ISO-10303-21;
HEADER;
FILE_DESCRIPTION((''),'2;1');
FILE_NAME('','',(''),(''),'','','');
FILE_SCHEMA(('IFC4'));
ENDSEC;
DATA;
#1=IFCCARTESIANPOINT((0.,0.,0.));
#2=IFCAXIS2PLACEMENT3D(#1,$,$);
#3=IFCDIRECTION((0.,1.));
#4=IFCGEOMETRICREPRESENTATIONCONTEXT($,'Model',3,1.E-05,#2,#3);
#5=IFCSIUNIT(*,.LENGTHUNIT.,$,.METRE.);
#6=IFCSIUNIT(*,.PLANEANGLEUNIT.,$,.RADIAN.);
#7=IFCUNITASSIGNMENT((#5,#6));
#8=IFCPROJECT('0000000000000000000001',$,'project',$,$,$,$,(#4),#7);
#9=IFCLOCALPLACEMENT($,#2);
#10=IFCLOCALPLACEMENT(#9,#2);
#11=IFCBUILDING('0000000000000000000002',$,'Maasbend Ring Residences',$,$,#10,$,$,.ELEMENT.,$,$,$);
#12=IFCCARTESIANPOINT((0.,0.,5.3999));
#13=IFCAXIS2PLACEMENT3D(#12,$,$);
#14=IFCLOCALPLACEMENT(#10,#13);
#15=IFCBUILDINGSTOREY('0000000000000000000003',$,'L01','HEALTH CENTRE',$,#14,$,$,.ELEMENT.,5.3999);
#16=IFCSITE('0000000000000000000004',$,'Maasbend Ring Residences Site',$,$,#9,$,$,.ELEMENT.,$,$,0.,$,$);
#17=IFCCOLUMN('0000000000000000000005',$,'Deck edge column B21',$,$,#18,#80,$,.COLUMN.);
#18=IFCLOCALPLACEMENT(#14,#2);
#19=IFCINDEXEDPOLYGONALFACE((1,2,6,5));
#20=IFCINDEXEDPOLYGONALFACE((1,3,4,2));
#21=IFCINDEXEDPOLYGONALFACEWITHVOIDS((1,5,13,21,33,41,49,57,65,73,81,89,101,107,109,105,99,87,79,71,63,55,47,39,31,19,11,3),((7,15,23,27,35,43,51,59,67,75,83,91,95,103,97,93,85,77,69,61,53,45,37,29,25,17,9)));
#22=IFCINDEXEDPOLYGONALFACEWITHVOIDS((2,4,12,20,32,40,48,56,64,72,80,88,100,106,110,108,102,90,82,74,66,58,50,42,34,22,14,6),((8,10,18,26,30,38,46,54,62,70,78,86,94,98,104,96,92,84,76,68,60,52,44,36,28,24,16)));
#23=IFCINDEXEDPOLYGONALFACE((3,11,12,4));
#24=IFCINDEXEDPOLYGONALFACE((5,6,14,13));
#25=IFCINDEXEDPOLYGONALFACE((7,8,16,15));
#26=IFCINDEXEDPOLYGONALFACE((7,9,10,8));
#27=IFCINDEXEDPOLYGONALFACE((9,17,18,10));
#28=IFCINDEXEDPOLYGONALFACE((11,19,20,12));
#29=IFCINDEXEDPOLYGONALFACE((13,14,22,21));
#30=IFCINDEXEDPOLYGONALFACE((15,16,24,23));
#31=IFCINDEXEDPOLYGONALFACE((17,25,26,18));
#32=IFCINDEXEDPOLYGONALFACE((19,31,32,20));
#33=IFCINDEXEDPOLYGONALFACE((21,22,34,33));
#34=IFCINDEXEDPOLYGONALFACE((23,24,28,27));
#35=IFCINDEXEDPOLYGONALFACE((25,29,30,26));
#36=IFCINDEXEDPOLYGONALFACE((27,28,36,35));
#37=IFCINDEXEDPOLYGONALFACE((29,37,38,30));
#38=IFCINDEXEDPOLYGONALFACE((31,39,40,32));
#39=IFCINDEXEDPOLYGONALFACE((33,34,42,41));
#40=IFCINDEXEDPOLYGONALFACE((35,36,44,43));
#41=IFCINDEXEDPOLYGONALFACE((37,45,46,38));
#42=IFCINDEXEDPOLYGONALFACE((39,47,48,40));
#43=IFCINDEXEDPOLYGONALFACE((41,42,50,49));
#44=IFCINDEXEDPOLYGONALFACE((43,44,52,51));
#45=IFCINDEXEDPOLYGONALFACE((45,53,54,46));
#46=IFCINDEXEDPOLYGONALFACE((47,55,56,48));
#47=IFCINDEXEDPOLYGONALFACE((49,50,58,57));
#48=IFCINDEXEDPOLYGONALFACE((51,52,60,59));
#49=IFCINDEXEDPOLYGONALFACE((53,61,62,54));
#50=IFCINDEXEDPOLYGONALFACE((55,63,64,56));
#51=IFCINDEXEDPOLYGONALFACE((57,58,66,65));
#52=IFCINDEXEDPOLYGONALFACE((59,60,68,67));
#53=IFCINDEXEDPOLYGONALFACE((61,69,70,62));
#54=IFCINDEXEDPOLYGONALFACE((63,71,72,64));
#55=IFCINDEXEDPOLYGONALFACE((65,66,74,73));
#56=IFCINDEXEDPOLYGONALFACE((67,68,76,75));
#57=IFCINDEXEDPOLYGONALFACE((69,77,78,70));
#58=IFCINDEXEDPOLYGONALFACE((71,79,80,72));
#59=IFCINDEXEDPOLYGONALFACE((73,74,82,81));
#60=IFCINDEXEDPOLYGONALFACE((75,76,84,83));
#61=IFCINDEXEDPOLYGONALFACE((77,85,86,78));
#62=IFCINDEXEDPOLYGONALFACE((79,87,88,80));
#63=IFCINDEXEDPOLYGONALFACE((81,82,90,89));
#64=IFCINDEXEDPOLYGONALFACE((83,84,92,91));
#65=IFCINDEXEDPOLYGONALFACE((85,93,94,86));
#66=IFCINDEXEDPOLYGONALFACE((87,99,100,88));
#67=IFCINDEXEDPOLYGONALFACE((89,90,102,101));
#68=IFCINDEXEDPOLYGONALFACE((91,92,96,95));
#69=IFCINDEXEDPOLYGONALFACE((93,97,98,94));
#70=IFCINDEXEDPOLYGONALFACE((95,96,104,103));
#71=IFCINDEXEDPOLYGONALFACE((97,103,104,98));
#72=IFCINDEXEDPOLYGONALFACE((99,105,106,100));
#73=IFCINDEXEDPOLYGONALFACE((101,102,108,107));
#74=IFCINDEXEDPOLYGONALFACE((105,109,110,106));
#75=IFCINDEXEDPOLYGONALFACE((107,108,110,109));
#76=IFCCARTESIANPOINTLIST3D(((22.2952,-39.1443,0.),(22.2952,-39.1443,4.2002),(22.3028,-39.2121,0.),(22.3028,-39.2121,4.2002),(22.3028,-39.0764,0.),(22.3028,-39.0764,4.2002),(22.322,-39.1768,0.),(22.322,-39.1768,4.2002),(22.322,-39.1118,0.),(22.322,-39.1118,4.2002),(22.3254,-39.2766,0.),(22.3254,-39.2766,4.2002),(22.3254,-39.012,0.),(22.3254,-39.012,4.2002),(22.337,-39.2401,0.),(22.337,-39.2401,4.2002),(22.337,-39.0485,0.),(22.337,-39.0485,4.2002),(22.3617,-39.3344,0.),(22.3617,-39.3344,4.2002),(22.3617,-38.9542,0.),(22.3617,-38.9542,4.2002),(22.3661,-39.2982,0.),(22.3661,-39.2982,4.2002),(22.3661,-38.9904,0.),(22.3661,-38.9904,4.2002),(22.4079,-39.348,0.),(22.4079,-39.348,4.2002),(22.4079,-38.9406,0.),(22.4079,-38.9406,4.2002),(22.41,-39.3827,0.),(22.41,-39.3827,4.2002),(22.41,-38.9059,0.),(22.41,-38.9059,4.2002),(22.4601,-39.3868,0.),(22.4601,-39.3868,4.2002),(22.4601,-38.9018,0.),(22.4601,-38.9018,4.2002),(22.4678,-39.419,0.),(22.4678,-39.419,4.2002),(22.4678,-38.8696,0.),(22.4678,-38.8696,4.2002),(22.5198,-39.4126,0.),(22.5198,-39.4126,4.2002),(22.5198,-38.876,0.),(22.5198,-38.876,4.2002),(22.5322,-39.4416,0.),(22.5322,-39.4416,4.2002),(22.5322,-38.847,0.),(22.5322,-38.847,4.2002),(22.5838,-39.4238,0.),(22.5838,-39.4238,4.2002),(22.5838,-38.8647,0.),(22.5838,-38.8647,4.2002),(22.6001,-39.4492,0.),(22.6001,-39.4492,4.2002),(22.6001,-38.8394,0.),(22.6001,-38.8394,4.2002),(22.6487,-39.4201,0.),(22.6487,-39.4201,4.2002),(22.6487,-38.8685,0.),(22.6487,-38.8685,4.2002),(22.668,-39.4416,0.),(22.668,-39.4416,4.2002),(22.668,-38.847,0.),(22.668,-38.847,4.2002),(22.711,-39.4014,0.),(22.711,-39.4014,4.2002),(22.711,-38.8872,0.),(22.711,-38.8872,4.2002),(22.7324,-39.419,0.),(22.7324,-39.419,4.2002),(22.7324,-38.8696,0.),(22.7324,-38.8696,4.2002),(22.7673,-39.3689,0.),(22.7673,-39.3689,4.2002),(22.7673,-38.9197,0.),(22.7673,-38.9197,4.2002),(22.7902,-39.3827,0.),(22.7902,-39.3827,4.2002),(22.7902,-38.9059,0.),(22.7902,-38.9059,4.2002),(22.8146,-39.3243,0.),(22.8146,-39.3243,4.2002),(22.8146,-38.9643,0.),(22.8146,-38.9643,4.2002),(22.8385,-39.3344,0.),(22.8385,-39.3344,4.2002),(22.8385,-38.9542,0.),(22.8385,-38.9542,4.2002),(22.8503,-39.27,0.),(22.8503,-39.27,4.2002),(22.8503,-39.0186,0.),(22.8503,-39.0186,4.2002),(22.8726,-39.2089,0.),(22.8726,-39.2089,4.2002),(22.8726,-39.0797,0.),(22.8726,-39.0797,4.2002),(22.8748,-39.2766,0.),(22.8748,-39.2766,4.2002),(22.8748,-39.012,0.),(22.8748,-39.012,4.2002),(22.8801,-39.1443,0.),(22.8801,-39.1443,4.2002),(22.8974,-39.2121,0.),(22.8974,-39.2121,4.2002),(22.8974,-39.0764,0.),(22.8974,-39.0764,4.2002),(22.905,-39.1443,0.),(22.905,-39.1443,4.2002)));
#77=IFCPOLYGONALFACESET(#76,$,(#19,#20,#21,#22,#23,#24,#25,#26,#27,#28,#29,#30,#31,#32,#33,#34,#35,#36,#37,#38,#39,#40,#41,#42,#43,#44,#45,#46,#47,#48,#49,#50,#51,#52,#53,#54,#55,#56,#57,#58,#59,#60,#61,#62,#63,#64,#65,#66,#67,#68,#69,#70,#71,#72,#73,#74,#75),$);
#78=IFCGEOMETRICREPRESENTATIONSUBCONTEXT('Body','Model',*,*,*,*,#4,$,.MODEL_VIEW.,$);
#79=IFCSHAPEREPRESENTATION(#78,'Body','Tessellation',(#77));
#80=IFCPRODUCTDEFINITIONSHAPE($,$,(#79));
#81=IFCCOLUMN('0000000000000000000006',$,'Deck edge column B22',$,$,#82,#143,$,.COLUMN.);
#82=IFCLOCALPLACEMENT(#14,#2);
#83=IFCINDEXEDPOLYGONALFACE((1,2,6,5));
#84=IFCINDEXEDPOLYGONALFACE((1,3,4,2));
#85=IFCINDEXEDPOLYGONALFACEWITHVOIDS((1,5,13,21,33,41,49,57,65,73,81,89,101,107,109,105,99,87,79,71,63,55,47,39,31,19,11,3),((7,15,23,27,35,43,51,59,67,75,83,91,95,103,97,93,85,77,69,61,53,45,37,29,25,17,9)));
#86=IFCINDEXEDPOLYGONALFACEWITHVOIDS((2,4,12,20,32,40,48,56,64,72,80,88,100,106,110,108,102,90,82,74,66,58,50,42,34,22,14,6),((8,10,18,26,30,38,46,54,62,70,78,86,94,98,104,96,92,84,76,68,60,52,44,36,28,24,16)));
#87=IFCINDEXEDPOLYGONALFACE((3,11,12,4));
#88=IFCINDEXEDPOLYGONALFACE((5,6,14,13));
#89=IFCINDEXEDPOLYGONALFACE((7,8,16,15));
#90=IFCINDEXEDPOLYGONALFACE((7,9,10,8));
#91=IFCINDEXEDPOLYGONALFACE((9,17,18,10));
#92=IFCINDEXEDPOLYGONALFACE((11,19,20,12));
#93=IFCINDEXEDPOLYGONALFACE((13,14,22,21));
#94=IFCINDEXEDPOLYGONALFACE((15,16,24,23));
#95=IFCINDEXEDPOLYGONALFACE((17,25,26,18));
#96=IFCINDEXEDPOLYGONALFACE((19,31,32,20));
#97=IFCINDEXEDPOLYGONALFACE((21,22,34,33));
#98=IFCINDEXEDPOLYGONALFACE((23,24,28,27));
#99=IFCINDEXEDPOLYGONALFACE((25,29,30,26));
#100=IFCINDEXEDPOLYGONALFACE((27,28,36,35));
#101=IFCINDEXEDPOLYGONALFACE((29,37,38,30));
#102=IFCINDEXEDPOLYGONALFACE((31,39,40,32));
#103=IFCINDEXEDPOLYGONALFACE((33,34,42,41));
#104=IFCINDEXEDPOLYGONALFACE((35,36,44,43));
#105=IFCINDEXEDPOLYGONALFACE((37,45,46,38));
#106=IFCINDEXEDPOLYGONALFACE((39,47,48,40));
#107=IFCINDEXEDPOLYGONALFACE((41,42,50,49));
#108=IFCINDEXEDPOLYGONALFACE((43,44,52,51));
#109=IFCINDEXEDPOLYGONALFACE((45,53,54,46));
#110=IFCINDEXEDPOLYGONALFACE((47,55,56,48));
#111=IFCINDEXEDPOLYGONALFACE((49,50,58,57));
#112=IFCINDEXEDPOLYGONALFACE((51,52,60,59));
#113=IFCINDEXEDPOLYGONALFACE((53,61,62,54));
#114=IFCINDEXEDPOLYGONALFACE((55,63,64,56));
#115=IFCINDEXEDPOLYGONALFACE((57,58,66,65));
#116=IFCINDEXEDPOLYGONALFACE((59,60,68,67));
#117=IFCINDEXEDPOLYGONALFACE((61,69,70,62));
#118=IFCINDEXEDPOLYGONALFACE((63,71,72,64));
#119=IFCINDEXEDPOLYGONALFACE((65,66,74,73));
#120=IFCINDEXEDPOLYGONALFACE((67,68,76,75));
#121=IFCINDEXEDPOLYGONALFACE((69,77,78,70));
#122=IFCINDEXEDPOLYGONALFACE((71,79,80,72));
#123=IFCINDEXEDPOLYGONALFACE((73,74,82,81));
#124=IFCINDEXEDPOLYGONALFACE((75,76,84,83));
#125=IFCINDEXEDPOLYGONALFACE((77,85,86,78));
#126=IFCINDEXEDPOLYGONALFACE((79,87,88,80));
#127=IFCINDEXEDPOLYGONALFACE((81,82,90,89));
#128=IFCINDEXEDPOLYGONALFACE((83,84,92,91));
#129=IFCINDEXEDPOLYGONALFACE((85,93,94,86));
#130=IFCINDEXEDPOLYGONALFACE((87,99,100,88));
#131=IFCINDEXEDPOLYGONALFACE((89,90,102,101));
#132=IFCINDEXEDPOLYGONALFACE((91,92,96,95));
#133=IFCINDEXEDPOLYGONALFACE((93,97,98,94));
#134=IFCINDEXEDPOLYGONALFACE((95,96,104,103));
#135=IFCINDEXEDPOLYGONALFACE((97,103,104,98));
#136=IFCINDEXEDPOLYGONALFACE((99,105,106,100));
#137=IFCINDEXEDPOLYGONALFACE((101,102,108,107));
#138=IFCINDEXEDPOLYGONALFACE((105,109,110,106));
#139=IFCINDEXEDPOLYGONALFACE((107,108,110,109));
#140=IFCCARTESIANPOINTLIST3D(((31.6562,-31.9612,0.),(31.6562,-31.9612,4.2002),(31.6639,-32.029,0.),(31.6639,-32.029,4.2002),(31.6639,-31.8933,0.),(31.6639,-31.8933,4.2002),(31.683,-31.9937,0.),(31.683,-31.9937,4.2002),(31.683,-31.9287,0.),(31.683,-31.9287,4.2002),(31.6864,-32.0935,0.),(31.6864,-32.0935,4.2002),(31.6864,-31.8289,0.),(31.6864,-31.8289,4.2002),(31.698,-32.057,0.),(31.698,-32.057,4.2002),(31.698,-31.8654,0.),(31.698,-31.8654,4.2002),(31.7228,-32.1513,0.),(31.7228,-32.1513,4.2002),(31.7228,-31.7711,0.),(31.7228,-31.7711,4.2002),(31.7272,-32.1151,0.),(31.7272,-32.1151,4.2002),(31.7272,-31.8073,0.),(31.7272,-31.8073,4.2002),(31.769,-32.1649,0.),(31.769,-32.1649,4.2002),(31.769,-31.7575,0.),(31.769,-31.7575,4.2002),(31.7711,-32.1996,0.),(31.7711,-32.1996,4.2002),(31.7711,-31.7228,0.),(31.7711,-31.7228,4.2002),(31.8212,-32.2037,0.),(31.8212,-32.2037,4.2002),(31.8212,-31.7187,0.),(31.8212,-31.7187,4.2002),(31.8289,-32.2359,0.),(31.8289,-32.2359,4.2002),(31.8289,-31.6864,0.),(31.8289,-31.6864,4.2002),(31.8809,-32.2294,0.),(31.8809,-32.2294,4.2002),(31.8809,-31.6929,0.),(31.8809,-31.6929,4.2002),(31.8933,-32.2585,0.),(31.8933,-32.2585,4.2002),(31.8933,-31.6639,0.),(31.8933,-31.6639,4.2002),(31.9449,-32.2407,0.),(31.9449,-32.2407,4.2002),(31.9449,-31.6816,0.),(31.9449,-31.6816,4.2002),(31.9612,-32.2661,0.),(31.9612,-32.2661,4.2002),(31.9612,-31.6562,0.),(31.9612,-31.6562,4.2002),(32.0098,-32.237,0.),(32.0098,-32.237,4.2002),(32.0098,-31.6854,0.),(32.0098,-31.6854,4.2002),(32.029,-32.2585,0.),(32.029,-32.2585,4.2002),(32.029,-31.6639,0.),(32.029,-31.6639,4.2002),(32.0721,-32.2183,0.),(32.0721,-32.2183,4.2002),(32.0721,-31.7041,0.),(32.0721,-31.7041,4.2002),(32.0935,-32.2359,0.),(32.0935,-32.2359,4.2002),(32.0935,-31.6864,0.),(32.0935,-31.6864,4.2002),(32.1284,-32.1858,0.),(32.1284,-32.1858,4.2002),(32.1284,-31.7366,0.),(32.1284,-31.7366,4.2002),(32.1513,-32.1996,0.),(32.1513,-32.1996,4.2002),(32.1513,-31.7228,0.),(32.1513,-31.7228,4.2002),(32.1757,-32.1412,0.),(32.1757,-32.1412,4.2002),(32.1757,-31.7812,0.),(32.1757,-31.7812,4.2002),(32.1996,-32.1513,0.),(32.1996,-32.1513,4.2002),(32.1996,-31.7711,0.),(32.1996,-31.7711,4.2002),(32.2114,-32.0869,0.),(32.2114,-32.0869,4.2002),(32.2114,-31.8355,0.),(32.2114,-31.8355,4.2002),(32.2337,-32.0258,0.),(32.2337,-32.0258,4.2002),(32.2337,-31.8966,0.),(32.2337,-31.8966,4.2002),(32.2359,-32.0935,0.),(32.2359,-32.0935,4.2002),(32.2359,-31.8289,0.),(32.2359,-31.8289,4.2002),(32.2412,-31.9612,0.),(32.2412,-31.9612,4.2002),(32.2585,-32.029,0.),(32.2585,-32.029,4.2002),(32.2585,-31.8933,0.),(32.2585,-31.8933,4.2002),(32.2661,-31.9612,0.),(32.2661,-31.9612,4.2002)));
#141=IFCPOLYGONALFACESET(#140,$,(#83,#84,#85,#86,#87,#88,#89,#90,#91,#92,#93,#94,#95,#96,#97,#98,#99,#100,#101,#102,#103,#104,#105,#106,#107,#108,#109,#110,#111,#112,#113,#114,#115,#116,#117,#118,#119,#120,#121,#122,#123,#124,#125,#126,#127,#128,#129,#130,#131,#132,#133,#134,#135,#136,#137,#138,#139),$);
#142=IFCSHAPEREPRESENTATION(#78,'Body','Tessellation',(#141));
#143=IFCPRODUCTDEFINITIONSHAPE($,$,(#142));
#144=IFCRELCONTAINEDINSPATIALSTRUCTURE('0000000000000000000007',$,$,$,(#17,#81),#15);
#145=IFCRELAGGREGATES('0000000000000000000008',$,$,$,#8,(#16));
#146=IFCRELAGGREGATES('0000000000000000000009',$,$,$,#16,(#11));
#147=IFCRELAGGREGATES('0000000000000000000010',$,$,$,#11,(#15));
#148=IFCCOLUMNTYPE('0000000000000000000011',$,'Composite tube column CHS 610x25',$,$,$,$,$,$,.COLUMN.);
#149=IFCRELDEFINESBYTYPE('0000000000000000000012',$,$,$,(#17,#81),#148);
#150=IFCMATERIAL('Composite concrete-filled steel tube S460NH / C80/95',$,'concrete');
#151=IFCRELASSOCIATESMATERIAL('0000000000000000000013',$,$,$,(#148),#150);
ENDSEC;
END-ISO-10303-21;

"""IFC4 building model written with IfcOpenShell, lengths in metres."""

from ifc_helpers import new_model, si_unit, direction, frame, origin, origin_2d, place, context, subcontext, project, spatial, hollow_circle, extrude, material, material_profile, profile_set, type_object, element, save


model = new_model("IFC4")

# Units and contexts
model_context = context("Model", 3, precision=1e-05, world=origin(), true_north=direction((0.0, 1.0)))
body_context = subcontext(model_context, "Body", "Model", "MODEL_VIEW")
ifc_project = project(units=[si_unit("LENGTHUNIT", "METRE"), si_unit("PLANEANGLEUNIT", "RADIAN")], contexts=[model_context])

# Site, building, storey
site_placement = place(None, origin())
site = spatial("IfcSite", under=ifc_project, at=site_placement, Name="Maasbend Ring Residences Site", CompositionType="ELEMENT", RefElevation=0.0)
building_placement = place(site_placement, origin())
building = spatial("IfcBuilding", under=site, at=building_placement, Name="Maasbend Ring Residences", CompositionType="ELEMENT")
storey_placement = place(building_placement, frame((0.0, 0.0, 5.3999)))
storey = spatial("IfcBuildingStorey", under=building, at=storey_placement, Name="L01", Description="HEALTH CENTRE", CompositionType="ELEMENT", Elevation=5.3999)

# Columns
ifc_material_1 = material(Name="Composite concrete-filled steel tube S460NH / C80/95", Category="concrete")
ifc_material_profile_1 = material_profile(ifc_material_1, hollow_circle(Radius=0.3049, WallThickness=0.0249, at=origin_2d()), Name="Composite tube column CHS 610x25")
ifc_profile_set_1 = profile_set([ifc_material_profile_1], Name="Composite concrete-filled steel tube S460NH / C80/95")
column_type_1 = type_object("IfcColumnType", Name="Composite tube column CHS 610x25", PredefinedType="COLUMN", material=ifc_profile_set_1)
for number, where, z_axis, x_axis, name in (
    (1, (22.6001, -39.1443, 0.0), (0.0, 0.0, 1.0), (1.0, 0.0, 0.0), "Deck edge column B21"),
    (2, (31.9612, -31.9612, 0.0), (0.0, 0.0, 1.0), (1.0, 0.0, 0.0), "Deck edge column B22"),
):
    element("IfcColumn", number, at=place(storey_placement, frame(where, z_axis=z_axis, x_axis=x_axis)), inside=storey, type_object=column_type_1, Name=name, PredefinedType="COLUMN", context=body_context, shape_type="SweptSolid", body=[
        extrude(hollow_circle(Radius=0.3049, WallThickness=0.0249, at=origin_2d()), origin(), (0.0, 0.0, 1.0), 4.2002),
    ])

save(model, "model.ifc")
